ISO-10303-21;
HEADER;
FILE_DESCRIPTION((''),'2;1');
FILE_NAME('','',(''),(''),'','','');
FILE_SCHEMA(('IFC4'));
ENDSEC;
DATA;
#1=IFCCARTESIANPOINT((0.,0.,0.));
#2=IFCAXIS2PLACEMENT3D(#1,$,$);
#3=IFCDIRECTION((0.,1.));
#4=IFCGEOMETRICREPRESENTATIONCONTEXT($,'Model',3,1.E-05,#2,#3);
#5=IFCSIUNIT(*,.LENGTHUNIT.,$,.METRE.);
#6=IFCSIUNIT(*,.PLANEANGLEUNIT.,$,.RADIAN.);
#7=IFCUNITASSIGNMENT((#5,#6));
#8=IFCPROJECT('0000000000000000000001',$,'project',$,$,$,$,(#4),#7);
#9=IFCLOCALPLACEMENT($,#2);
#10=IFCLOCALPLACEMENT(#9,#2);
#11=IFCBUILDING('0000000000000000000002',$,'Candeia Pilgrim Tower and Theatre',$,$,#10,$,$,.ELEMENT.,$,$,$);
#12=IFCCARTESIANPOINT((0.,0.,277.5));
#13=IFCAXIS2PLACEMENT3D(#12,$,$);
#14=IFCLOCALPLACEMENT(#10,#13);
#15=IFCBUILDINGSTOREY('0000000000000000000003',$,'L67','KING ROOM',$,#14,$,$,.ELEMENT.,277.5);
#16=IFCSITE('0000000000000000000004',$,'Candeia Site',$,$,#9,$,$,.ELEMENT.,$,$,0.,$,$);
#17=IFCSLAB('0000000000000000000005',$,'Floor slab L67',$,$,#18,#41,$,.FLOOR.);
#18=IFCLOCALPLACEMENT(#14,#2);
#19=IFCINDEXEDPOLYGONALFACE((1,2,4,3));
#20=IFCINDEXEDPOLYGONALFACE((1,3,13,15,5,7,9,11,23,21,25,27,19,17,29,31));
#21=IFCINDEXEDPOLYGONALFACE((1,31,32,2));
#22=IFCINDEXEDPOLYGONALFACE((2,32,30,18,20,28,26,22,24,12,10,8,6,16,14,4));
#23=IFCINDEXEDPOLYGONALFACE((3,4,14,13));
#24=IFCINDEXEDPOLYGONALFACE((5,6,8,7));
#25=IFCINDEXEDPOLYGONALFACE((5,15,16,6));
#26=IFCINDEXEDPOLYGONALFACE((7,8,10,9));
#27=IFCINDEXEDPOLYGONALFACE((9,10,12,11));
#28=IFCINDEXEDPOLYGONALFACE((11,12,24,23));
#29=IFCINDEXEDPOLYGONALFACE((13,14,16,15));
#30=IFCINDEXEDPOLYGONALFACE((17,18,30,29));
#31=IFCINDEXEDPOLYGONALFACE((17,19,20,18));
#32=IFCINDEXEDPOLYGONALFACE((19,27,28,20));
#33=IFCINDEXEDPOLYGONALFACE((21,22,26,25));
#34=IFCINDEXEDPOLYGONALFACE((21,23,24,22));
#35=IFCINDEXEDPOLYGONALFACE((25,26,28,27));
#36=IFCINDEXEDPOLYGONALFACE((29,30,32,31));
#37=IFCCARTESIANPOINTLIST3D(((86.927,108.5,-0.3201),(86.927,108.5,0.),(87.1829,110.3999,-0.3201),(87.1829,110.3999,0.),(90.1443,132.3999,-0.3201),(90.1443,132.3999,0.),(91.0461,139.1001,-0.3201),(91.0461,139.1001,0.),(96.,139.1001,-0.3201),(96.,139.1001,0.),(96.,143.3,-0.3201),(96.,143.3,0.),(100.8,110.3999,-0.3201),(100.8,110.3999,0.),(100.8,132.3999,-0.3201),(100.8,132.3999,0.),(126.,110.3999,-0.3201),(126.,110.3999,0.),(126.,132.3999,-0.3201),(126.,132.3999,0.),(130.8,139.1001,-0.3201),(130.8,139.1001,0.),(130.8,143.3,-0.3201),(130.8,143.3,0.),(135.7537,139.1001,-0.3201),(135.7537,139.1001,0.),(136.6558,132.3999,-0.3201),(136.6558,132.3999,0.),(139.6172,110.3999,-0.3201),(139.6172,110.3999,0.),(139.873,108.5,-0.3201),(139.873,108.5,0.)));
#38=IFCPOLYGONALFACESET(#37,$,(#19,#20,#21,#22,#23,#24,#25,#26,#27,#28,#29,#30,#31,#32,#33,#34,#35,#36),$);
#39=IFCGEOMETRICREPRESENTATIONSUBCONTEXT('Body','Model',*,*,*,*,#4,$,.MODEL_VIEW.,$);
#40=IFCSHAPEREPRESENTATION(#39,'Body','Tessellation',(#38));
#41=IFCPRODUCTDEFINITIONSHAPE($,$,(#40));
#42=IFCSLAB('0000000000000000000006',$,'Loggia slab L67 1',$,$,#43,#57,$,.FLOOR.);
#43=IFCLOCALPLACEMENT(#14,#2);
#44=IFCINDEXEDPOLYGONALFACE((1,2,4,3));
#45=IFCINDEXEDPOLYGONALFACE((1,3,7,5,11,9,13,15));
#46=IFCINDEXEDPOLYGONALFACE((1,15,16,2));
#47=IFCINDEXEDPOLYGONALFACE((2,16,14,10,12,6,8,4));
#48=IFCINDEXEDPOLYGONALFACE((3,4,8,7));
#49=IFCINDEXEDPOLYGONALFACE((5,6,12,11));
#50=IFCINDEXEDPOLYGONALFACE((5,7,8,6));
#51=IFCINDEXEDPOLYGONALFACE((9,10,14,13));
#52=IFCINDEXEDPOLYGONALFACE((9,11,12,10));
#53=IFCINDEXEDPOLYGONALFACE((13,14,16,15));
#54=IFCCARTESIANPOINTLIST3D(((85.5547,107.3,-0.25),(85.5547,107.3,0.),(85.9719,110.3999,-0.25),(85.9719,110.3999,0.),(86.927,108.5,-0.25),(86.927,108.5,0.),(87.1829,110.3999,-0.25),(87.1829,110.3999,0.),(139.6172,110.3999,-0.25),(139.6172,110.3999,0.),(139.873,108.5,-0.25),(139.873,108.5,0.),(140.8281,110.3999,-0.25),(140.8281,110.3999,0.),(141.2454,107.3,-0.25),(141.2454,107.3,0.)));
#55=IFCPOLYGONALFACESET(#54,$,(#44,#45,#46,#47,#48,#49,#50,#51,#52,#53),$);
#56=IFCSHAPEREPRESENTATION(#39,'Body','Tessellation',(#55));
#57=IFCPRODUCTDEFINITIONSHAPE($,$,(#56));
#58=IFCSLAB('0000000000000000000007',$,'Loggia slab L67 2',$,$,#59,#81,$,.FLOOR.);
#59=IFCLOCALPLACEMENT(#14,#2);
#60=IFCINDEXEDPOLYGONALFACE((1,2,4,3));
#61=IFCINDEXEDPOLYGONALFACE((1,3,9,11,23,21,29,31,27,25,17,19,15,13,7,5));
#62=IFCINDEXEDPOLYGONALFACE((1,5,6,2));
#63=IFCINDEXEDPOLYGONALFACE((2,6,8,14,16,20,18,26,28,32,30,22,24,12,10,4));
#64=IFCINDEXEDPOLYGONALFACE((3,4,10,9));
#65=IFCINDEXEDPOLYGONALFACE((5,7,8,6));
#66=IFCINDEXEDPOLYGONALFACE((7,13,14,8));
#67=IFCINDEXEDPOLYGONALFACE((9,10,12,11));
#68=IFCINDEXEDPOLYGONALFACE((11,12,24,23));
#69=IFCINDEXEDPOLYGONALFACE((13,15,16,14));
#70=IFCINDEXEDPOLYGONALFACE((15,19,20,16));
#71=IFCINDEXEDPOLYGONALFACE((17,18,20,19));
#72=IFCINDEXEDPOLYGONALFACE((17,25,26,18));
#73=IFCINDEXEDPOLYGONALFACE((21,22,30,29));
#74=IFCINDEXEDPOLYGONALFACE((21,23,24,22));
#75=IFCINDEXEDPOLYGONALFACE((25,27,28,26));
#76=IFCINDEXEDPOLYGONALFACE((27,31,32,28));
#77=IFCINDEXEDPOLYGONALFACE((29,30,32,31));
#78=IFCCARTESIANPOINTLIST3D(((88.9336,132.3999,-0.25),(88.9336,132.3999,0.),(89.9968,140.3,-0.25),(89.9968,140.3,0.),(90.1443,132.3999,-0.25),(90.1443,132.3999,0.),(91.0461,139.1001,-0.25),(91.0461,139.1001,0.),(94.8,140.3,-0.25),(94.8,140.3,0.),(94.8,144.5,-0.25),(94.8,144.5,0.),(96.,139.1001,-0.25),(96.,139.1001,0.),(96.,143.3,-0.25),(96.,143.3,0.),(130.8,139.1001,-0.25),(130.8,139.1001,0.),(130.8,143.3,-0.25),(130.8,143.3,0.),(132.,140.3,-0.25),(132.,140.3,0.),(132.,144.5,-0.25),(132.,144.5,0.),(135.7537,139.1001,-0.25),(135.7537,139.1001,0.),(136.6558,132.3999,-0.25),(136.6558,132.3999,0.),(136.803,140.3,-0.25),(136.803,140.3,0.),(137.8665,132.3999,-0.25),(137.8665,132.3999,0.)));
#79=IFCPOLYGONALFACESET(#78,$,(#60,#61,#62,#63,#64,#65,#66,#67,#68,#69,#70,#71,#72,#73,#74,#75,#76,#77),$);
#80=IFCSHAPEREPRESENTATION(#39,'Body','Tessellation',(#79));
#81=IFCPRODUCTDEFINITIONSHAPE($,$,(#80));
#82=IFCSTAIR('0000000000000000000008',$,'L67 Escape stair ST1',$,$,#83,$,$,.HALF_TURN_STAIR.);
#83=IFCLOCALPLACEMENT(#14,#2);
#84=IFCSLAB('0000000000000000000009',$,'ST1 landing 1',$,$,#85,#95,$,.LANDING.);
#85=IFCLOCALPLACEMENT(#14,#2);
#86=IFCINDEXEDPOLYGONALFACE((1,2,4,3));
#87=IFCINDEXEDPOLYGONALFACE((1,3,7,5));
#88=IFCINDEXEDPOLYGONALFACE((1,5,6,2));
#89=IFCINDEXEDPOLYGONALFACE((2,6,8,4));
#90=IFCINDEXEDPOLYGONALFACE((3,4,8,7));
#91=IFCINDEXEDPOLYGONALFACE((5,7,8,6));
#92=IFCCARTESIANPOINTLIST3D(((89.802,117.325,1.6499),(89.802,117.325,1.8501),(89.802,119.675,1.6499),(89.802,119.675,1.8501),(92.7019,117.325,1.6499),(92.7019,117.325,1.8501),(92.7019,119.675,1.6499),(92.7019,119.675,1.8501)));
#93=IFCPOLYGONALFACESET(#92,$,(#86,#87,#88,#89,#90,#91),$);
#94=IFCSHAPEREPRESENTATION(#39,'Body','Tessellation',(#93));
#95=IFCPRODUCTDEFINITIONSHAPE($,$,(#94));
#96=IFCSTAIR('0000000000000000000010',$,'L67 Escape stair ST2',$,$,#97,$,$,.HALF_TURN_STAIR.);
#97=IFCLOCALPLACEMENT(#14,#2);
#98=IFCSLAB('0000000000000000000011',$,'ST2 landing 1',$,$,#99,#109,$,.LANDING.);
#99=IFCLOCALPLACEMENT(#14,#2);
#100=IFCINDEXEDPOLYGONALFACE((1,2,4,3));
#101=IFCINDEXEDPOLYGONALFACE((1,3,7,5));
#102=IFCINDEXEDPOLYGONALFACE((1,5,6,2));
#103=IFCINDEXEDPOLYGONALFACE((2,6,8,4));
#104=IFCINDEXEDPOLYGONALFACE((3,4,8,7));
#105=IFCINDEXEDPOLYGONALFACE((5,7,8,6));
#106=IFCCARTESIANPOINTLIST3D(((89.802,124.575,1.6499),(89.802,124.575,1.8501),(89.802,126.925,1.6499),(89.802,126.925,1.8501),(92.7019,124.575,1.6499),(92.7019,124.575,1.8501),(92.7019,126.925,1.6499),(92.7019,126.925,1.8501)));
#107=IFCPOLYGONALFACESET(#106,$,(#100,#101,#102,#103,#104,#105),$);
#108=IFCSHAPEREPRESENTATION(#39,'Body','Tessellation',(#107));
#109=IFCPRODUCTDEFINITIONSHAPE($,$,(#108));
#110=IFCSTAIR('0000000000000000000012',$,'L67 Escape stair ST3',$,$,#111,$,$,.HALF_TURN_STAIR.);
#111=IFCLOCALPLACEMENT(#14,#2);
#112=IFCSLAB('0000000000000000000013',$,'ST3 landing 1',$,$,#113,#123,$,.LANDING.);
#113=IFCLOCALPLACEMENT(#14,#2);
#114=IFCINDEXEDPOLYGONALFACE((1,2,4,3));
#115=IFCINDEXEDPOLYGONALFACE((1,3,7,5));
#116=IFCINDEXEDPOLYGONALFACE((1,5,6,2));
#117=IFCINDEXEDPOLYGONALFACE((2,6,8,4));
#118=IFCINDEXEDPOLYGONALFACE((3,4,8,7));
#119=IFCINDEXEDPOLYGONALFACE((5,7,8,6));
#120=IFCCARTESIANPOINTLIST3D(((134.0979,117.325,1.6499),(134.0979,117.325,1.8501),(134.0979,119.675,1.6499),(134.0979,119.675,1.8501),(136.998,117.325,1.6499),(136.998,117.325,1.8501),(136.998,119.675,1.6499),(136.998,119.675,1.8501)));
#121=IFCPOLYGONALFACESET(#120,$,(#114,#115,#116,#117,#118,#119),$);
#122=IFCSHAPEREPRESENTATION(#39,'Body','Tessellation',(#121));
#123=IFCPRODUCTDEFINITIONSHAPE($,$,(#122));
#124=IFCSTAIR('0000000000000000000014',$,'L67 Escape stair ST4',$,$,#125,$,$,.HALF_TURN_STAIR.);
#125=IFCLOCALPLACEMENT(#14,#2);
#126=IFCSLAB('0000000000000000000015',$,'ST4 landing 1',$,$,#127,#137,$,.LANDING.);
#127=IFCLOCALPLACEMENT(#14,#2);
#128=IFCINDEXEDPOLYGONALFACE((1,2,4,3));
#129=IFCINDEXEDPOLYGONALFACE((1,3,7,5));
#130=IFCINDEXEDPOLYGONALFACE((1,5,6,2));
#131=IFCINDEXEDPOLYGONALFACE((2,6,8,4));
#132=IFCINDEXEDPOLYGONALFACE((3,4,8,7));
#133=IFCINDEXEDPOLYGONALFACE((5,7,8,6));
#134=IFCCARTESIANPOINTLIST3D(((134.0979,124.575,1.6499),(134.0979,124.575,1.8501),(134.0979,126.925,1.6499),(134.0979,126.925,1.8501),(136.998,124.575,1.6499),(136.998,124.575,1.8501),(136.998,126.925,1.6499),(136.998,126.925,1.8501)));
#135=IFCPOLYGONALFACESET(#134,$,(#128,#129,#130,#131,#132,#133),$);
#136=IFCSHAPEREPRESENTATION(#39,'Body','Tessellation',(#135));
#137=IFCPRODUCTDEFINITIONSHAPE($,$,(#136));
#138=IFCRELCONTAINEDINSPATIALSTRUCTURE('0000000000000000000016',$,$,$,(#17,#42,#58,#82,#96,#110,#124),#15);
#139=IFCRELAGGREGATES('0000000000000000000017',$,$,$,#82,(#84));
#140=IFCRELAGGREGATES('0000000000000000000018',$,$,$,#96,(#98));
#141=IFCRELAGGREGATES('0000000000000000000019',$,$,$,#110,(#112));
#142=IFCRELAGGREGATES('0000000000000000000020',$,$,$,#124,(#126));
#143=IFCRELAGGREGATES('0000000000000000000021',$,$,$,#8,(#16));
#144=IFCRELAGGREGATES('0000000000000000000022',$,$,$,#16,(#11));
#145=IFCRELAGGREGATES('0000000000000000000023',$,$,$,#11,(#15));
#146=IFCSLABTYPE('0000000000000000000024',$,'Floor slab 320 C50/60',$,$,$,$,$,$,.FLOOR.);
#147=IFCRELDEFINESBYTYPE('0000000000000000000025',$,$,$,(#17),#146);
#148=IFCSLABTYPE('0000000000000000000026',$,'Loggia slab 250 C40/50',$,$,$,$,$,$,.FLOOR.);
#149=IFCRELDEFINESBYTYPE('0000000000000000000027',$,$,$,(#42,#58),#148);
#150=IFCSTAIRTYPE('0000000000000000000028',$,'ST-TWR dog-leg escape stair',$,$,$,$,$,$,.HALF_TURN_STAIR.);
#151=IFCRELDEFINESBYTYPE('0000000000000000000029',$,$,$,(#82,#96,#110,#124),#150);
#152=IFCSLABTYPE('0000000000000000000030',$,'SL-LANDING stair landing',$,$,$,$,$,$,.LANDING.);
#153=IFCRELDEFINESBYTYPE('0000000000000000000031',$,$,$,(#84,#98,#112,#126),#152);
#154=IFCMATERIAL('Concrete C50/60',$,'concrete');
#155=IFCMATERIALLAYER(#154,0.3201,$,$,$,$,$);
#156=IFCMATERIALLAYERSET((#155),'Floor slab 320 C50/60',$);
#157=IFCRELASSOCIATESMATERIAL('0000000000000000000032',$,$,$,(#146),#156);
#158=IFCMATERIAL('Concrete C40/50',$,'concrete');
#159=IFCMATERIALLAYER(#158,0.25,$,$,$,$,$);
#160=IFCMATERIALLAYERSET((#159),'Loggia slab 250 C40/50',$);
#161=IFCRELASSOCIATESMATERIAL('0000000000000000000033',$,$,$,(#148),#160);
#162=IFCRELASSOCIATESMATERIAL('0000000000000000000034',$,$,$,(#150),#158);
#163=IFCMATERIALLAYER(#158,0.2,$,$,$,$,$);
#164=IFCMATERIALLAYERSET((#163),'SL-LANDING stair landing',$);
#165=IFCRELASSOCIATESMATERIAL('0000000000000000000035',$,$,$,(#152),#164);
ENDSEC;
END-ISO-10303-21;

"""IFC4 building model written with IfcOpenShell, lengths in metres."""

from ifc_helpers import new_model, si_unit, direction, frame, origin, place, context, subcontext, project, spatial, polyline, outline, extrude, material, layer, layer_set, type_object, element, aggregate, save


model = new_model("IFC4")

# Units and contexts
model_context = context("Model", 3, precision=1e-05, world=origin(), true_north=direction((0.0, 1.0)))
body_context = subcontext(model_context, "Body", "Model", "MODEL_VIEW")
ifc_project = project(units=[si_unit("LENGTHUNIT", "METRE"), si_unit("PLANEANGLEUNIT", "RADIAN")], contexts=[model_context])

# Site, building, storey
site_placement = place(None, origin())
site = spatial("IfcSite", under=ifc_project, at=site_placement, Name="Candeia Site", CompositionType="ELEMENT", RefElevation=0.0)
building_placement = place(site_placement, origin())
building = spatial("IfcBuilding", under=site, at=building_placement, Name="Candeia Pilgrim Tower and Theatre", CompositionType="ELEMENT")
storey_placement = place(building_placement, frame((0.0, 0.0, 277.5)))
storey = spatial("IfcBuildingStorey", under=building, at=storey_placement, Name="L67", Description="KING ROOM", CompositionType="ELEMENT", Elevation=277.5)

# Shared definitions
ifc_material_1 = material(Name="Concrete C40/50", Category="concrete")

# Slabs
ifc_material_2 = material(Name="Concrete C50/60", Category="concrete")
ifc_layer_1 = layer(ifc_material_2, 0.3201)
ifc_layer_set_1 = layer_set([ifc_layer_1], Name="Floor slab 320 C50/60")
slab_type_1 = type_object("IfcSlabType", Name="Floor slab 320 C50/60", PredefinedType="FLOOR", material=ifc_layer_set_1)
slab_1_placement = place(storey_placement, frame((0.0, 0.0, -0.3201)))
element("IfcSlab", 1, at=slab_1_placement, inside=storey, type_object=slab_type_1, Name="Floor slab L67", PredefinedType="FLOOR", context=body_context, shape_type="SweptSolid", body=[
    extrude(outline(polyline([(96.0, 139.1001), (96.0, 143.3), (130.8, 143.3), (130.8, 139.1001), (135.7537, 139.1001), (136.6558, 132.3999), (126.0, 132.3999), (126.0, 110.3999), (139.6172, 110.3999), (139.873, 108.5), (86.927, 108.5), (87.1829, 110.3999), (100.8, 110.3999), (100.8, 132.3999), (90.1443, 132.3999), (91.0461, 139.1001), (96.0, 139.1001)])), origin(), (0.0, 0.0, 1.0), 0.3201),
])
ifc_layer_2 = layer(ifc_material_1, 0.25)
ifc_layer_set_2 = layer_set([ifc_layer_2], Name="Loggia slab 250 C40/50")
slab_type_2 = type_object("IfcSlabType", Name="Loggia slab 250 C40/50", PredefinedType="FLOOR", material=ifc_layer_set_2)
slab_2_placement = place(storey_placement, frame((0.0, 0.0, -0.25)))
element("IfcSlab", 2, at=slab_2_placement, inside=storey, type_object=slab_type_2, Name="Loggia slab L67 1", PredefinedType="FLOOR", context=body_context, shape_type="SweptSolid", body=[
    extrude(outline(polyline([(86.927, 108.5), (139.873, 108.5), (139.6172, 110.3999), (140.8281, 110.3999), (141.2454, 107.3), (85.5547, 107.3), (85.9719, 110.3999), (87.1829, 110.3999), (86.927, 108.5)])), origin(), (0.0, 0.0, 1.0), 0.25),
])
slab_3_placement = place(storey_placement, frame((0.0, 0.0, -0.25)))
element("IfcSlab", 3, at=slab_3_placement, inside=storey, type_object=slab_type_2, Name="Loggia slab L67 2", PredefinedType="FLOOR", context=body_context, shape_type="SweptSolid", body=[
    extrude(outline(polyline([(136.6558, 132.3999), (135.7537, 139.1001), (130.8, 139.1001), (130.8, 143.3), (96.0, 143.3), (96.0, 139.1001), (91.0461, 139.1001), (90.1443, 132.3999), (88.9336, 132.3999), (89.9968, 140.3), (94.8, 140.3), (94.8, 144.5), (132.0, 144.5), (132.0, 140.3), (136.803, 140.3), (137.8665, 132.3999), (136.6558, 132.3999)])), origin(), (0.0, 0.0, 1.0), 0.25),
])

# Stairs, slabs
stair_type = type_object("IfcStairType", Name="ST-TWR dog-leg escape stair", PredefinedType="HALF_TURN_STAIR", material=ifc_material_1)
stair_1_placement = place(storey_placement, origin())
stair_1 = element("IfcStair", 4, at=stair_1_placement, inside=storey, type_object=stair_type, Name="L67 Escape stair ST1", PredefinedType="HALF_TURN_STAIR")
ifc_layer_3 = layer(ifc_material_1, 0.2)
ifc_layer_set_3 = layer_set([ifc_layer_3], Name="SL-LANDING stair landing")
slab_type_3 = type_object("IfcSlabType", Name="SL-LANDING stair landing", PredefinedType="LANDING", material=ifc_layer_set_3)
slab_4_placement = place(storey_placement, frame((0.0, 0.0, 1.6499)))
slab_4 = element("IfcSlab", 5, at=slab_4_placement, type_object=slab_type_3, Name="ST1 landing 1", PredefinedType="LANDING", context=body_context, shape_type="SweptSolid", body=[
    extrude(outline(polyline([(89.802, 119.675), (89.802, 117.325), (92.7019, 117.325), (92.7019, 119.675), (89.802, 119.675)])), origin(), (0.0, 0.0, 1.0), 0.2002),
])
aggregate(stair_1, [slab_4])
stair_2_placement = place(storey_placement, origin())
stair_2 = element("IfcStair", 6, at=stair_2_placement, inside=storey, type_object=stair_type, Name="L67 Escape stair ST2", PredefinedType="HALF_TURN_STAIR")
slab_5_placement = place(storey_placement, frame((0.0, 0.0, 1.6499)))
slab_5 = element("IfcSlab", 7, at=slab_5_placement, type_object=slab_type_3, Name="ST2 landing 1", PredefinedType="LANDING", context=body_context, shape_type="SweptSolid", body=[
    extrude(outline(polyline([(89.802, 126.925), (89.802, 124.575), (92.7019, 124.575), (92.7019, 126.925), (89.802, 126.925)])), origin(), (0.0, 0.0, 1.0), 0.2002),
])
aggregate(stair_2, [slab_5])
stair_3_placement = place(storey_placement, origin())
stair_3 = element("IfcStair", 8, at=stair_3_placement, inside=storey, type_object=stair_type, Name="L67 Escape stair ST3", PredefinedType="HALF_TURN_STAIR")
slab_6_placement = place(storey_placement, frame((0.0, 0.0, 1.6499)))
slab_6 = element("IfcSlab", 9, at=slab_6_placement, type_object=slab_type_3, Name="ST3 landing 1", PredefinedType="LANDING", context=body_context, shape_type="SweptSolid", body=[
    extrude(outline(polyline([(134.0979, 119.675), (134.0979, 117.325), (136.998, 117.325), (136.998, 119.675), (134.0979, 119.675)])), origin(), (0.0, 0.0, 1.0), 0.2002),
])
aggregate(stair_3, [slab_6])
stair_4_placement = place(storey_placement, origin())
stair_4 = element("IfcStair", 10, at=stair_4_placement, inside=storey, type_object=stair_type, Name="L67 Escape stair ST4", PredefinedType="HALF_TURN_STAIR")
slab_7_placement = place(storey_placement, frame((0.0, 0.0, 1.6499)))
slab_7 = element("IfcSlab", 11, at=slab_7_placement, type_object=slab_type_3, Name="ST4 landing 1", PredefinedType="LANDING", context=body_context, shape_type="SweptSolid", body=[
    extrude(outline(polyline([(134.0979, 126.925), (134.0979, 124.575), (136.998, 124.575), (136.998, 126.925), (134.0979, 126.925)])), origin(), (0.0, 0.0, 1.0), 0.2002),
])
aggregate(stair_4, [slab_7])

save(model, "model.ifc")
